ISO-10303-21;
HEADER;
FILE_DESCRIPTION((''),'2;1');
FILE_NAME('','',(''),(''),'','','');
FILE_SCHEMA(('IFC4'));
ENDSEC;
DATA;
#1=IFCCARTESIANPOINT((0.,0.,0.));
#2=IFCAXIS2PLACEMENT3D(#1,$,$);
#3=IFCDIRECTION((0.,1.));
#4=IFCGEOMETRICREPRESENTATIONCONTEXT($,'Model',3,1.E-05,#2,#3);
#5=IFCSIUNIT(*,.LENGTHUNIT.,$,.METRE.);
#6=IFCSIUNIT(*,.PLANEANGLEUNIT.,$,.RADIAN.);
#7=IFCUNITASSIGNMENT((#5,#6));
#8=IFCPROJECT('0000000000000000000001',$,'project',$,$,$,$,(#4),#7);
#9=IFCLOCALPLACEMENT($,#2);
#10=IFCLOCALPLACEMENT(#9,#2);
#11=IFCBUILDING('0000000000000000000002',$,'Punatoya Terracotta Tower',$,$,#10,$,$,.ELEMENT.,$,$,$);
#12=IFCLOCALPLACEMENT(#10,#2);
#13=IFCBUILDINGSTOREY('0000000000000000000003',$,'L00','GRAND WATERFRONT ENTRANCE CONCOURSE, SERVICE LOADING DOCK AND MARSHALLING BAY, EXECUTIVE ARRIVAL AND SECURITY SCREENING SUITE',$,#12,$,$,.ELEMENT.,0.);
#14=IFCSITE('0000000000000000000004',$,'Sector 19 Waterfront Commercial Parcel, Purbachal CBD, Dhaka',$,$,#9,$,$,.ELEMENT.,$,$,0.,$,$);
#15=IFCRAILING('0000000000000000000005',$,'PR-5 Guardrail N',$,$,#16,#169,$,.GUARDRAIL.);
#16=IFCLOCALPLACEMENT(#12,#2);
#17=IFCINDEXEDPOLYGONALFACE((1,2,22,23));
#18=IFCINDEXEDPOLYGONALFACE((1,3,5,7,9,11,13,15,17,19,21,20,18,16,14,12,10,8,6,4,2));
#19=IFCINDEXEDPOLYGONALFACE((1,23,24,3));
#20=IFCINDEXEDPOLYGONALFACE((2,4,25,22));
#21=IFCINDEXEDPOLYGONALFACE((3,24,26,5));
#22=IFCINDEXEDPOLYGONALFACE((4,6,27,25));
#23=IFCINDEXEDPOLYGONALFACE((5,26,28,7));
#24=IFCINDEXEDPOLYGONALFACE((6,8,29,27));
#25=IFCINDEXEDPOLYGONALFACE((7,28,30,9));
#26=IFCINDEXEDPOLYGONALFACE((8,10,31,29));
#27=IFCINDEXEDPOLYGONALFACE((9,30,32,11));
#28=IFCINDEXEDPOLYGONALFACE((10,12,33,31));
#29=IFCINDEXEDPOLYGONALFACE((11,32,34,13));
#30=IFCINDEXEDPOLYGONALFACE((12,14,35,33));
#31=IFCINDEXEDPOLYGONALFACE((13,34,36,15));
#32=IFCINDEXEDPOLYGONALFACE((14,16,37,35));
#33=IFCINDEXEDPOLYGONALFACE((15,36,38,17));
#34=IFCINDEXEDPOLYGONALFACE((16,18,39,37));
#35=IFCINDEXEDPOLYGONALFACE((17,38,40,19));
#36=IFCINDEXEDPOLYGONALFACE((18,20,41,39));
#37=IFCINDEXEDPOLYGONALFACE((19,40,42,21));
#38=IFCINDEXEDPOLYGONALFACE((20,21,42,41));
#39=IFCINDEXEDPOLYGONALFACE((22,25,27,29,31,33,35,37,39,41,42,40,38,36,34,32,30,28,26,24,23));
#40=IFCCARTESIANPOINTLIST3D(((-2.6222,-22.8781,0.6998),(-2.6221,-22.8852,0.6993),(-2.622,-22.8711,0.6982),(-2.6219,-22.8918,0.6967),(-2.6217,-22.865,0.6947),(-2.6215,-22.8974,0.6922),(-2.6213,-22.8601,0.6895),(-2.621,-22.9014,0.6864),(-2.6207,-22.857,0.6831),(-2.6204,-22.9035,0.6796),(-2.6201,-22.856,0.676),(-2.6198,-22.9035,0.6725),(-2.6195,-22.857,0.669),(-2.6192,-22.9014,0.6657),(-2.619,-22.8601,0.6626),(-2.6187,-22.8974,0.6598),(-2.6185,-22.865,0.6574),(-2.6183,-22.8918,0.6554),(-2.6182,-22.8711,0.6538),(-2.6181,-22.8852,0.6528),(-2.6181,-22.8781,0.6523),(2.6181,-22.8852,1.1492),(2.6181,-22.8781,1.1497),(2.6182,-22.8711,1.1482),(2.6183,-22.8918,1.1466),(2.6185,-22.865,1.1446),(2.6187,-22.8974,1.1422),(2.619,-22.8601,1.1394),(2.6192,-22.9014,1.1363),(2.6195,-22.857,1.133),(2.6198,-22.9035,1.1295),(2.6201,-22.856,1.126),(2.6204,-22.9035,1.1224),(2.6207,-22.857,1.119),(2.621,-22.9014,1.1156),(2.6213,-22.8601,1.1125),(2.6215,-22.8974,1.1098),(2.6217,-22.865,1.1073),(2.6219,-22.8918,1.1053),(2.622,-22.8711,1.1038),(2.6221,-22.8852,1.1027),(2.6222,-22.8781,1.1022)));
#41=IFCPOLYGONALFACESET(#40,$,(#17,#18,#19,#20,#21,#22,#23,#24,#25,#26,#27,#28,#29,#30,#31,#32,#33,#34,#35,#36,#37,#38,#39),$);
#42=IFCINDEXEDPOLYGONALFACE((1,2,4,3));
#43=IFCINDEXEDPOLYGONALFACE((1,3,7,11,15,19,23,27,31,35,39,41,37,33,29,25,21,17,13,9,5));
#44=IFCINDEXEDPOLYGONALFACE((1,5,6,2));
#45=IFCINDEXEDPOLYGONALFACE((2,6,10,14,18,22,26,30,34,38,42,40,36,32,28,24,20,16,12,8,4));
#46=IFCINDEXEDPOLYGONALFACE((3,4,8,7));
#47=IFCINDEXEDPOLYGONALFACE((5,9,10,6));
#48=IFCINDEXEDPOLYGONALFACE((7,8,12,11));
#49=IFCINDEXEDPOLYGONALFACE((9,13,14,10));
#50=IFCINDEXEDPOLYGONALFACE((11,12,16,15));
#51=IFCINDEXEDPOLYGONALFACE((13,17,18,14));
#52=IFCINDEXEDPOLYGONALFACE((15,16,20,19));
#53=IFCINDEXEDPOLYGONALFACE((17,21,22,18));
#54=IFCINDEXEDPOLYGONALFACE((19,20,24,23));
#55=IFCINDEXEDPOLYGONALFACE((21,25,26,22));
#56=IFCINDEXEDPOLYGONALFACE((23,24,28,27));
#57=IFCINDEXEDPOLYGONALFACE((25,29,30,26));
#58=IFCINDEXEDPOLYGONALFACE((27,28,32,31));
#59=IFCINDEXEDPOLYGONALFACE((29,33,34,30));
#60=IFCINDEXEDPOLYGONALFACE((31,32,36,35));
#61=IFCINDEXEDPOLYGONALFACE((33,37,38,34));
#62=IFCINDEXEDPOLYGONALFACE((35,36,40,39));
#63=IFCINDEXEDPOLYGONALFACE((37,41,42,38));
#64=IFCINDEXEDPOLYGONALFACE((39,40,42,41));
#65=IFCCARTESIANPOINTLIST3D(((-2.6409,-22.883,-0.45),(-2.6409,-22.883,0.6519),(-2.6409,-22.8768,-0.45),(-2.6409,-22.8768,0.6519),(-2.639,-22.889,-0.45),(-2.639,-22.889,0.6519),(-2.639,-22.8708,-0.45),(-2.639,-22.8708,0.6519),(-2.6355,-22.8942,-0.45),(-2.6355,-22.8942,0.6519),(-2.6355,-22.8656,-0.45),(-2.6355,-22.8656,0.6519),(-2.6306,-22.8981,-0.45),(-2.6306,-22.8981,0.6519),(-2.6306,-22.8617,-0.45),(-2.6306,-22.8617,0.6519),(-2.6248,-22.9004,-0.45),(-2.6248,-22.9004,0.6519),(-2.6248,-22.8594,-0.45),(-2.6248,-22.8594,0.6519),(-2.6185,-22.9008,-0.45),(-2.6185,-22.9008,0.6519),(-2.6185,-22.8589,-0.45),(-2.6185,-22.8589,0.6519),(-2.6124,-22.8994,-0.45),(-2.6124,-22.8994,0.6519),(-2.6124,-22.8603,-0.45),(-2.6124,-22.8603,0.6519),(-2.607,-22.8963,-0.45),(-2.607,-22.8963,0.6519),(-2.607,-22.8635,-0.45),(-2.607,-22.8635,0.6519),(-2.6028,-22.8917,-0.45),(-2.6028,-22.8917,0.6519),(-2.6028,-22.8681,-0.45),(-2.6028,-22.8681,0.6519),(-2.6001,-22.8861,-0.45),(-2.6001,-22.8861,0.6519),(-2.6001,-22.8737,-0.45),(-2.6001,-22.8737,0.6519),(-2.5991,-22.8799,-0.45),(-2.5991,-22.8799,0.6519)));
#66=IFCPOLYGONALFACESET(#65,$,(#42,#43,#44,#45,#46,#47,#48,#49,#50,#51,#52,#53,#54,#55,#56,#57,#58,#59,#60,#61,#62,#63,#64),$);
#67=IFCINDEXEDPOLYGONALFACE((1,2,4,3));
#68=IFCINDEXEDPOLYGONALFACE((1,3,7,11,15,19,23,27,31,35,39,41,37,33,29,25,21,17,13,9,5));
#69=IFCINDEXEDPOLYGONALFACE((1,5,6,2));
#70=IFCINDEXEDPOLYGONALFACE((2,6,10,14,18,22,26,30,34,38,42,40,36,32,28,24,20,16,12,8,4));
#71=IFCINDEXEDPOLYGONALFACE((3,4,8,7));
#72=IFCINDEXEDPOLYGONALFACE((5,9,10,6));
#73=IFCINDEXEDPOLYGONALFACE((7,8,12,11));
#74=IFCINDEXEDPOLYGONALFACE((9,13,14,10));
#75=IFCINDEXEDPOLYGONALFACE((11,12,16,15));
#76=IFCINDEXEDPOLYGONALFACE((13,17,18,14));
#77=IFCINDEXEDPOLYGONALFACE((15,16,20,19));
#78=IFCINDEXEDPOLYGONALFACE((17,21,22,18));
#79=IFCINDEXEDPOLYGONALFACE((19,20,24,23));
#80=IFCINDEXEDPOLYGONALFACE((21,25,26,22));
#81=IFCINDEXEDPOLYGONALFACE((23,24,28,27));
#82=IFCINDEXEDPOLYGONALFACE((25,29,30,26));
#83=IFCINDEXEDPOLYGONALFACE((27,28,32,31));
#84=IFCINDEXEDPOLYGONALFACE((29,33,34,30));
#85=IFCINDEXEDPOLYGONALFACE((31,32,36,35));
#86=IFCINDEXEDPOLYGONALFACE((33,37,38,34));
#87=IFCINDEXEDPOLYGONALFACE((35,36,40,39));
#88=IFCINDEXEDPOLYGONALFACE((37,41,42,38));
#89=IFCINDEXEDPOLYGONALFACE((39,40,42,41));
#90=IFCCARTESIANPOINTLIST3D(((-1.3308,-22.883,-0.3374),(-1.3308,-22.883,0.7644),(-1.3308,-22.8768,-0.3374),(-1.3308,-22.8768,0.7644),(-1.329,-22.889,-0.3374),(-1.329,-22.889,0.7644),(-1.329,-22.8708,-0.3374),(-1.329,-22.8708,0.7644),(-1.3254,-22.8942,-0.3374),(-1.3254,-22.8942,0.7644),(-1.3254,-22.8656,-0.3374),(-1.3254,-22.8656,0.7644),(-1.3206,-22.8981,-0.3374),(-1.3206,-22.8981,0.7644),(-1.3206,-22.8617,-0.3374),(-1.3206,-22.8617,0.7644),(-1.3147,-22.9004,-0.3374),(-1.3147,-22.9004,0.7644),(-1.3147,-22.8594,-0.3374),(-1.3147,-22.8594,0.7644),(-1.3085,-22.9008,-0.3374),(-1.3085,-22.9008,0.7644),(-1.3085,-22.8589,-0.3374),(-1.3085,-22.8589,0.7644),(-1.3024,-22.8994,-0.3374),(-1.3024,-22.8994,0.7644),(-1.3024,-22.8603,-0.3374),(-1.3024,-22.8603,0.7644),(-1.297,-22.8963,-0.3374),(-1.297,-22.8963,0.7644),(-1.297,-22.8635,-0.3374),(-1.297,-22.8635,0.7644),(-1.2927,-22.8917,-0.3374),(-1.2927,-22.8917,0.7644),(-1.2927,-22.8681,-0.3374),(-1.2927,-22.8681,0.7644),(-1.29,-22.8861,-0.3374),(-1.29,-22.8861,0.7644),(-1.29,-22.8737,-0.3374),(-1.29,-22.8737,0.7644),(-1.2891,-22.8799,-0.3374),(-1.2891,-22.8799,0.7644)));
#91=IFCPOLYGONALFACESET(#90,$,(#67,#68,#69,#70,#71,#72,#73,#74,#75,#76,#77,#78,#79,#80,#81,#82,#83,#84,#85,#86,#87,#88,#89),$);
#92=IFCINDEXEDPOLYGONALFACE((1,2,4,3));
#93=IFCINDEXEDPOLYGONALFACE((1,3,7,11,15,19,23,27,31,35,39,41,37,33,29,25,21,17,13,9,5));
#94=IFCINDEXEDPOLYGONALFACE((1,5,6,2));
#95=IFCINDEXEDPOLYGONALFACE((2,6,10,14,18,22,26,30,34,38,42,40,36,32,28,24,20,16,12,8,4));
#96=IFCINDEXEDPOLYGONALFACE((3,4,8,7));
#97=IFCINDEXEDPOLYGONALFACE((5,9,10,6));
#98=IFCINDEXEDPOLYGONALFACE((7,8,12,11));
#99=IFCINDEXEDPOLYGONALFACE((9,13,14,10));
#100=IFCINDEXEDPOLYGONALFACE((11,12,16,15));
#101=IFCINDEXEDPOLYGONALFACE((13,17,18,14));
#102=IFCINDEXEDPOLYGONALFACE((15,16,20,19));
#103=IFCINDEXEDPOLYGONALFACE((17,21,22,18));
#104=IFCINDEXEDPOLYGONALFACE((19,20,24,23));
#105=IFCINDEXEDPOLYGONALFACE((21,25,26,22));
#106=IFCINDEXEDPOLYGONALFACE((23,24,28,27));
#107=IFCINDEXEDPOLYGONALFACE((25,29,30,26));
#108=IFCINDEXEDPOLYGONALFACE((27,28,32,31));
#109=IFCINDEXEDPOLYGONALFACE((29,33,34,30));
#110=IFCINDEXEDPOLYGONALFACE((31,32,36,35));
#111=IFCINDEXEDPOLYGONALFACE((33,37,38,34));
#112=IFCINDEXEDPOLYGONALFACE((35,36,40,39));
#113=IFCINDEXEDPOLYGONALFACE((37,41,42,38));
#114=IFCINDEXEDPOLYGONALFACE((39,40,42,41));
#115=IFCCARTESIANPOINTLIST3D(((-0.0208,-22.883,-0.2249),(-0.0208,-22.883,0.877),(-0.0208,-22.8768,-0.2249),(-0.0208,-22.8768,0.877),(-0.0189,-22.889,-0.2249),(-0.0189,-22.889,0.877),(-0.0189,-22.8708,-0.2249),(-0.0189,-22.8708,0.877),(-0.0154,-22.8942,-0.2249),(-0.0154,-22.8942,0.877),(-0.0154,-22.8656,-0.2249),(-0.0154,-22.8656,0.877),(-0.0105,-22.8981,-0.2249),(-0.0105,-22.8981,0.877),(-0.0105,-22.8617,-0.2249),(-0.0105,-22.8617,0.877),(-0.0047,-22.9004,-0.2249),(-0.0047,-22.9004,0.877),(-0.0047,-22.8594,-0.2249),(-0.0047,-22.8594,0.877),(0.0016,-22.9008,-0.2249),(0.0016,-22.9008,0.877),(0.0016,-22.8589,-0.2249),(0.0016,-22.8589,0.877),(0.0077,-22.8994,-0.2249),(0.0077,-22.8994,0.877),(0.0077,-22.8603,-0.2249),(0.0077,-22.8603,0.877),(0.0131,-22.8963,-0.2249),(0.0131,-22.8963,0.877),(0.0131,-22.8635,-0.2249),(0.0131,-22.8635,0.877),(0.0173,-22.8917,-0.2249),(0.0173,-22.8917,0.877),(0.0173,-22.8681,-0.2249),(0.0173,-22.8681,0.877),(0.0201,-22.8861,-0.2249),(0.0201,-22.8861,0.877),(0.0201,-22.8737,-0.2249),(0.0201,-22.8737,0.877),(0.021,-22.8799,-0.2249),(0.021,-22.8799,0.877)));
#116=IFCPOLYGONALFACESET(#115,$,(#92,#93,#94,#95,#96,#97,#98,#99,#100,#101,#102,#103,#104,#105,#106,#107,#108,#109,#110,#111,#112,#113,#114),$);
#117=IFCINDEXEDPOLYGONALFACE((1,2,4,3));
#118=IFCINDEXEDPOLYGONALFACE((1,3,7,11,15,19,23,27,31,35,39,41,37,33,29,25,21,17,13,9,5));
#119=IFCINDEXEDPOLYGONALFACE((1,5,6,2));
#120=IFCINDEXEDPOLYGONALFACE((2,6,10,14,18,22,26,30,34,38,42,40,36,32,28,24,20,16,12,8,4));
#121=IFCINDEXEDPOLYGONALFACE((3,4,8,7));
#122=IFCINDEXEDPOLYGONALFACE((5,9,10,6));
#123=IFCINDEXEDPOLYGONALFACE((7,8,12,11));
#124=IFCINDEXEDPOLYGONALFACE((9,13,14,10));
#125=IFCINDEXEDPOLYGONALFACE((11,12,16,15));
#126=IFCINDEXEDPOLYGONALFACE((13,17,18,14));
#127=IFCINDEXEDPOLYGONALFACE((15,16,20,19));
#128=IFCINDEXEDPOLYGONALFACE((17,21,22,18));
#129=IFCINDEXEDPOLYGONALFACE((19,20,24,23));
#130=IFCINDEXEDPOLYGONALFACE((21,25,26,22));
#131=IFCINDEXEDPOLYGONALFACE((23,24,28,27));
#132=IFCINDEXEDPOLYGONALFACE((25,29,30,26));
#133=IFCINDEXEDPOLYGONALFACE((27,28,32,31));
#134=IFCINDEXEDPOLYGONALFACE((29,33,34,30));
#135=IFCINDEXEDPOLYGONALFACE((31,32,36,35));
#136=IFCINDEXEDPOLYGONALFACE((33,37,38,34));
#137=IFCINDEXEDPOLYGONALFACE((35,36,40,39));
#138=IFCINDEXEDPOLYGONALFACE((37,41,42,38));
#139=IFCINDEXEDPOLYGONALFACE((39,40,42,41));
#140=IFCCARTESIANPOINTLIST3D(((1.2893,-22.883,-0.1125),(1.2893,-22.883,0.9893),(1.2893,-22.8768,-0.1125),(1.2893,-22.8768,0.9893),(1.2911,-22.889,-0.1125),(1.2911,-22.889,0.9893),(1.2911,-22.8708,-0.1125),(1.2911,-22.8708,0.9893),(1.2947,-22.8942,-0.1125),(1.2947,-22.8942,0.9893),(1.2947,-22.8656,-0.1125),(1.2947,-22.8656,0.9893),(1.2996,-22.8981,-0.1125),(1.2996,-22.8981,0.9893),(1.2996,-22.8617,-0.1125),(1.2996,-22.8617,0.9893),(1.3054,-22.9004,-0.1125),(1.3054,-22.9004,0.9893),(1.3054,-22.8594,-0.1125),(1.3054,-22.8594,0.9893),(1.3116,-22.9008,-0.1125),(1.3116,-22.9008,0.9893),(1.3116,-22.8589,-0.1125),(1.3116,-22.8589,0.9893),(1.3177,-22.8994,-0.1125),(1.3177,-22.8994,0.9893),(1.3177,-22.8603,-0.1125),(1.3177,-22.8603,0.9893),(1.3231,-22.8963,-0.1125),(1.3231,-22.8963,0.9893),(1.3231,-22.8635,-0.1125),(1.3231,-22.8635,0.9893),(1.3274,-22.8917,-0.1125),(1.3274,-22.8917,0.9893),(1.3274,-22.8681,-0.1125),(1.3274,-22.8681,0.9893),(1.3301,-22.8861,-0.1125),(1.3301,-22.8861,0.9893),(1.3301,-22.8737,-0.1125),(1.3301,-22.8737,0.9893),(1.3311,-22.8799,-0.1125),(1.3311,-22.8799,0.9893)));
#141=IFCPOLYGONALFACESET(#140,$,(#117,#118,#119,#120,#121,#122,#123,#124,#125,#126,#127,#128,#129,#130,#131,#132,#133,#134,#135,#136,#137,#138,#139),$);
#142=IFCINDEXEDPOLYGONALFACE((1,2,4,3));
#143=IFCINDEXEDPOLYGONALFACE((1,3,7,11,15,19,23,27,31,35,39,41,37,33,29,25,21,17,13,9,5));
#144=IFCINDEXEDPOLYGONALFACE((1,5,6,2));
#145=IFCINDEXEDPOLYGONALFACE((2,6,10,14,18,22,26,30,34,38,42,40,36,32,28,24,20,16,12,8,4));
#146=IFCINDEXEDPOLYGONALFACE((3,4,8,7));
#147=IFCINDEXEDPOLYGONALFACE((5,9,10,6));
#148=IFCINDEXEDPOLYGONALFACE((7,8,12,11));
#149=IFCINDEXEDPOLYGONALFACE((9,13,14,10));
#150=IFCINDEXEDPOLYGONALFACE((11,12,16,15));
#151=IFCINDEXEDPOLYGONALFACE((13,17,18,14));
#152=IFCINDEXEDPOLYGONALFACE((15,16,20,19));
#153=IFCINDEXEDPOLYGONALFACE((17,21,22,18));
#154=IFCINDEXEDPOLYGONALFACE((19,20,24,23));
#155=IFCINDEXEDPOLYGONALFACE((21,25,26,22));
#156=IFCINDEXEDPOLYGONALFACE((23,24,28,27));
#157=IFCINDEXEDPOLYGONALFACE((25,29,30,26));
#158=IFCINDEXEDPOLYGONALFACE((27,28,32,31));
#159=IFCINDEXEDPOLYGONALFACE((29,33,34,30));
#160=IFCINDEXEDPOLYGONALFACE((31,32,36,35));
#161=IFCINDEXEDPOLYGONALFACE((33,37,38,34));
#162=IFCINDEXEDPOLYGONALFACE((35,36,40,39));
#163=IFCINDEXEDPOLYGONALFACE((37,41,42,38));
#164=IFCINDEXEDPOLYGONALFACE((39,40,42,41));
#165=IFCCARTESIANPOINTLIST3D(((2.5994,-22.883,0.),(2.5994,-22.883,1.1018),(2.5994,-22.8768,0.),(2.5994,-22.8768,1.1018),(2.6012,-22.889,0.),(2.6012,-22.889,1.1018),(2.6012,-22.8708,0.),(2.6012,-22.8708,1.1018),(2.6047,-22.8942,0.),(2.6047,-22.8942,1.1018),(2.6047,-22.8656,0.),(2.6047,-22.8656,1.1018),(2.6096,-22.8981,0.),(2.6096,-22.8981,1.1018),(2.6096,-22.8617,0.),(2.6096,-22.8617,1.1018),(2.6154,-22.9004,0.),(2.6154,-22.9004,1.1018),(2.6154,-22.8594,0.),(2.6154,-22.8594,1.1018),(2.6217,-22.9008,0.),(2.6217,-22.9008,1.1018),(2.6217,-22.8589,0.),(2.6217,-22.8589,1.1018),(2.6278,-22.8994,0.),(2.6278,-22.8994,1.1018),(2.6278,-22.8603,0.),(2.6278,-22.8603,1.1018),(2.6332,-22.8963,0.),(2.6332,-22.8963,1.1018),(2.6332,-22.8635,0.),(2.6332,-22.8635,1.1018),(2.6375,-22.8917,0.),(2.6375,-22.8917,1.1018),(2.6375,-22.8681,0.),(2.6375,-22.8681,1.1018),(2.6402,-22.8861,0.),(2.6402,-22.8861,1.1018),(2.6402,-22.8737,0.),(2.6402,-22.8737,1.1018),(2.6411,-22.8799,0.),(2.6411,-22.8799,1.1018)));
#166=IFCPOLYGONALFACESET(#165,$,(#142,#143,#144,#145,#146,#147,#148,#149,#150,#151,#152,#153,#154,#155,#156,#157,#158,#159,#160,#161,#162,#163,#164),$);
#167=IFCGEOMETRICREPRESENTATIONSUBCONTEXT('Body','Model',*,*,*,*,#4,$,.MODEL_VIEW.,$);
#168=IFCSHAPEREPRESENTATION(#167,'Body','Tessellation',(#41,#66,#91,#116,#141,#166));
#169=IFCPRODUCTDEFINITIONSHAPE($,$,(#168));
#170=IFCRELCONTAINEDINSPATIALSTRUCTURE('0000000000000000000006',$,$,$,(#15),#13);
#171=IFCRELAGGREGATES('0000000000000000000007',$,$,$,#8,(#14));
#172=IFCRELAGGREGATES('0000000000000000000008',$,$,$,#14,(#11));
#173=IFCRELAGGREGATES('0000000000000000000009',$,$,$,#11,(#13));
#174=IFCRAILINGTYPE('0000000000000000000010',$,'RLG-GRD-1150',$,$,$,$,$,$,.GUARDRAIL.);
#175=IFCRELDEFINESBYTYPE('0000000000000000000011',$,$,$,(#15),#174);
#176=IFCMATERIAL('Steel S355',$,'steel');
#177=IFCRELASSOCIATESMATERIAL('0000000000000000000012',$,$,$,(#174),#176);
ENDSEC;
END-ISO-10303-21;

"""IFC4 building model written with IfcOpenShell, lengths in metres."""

from ifc_helpers import new_model, si_unit, direction, frame, origin, origin_2d, place, context, subcontext, project, spatial, circle, extrude, material, type_object, element, save


model = new_model("IFC4")

# Units and contexts
model_context = context("Model", 3, precision=1e-05, world=origin(), true_north=direction((0.0, 1.0)))
body_context = subcontext(model_context, "Body", "Model", "MODEL_VIEW")
ifc_project = project(units=[si_unit("LENGTHUNIT", "METRE"), si_unit("PLANEANGLEUNIT", "RADIAN")], contexts=[model_context])

# Site, building, storey
site_placement = place(None, origin())
site = spatial("IfcSite", under=ifc_project, at=site_placement, Name="Sector 19 Waterfront Commercial Parcel, Purbachal CBD, Dhaka", CompositionType="ELEMENT", RefElevation=0.0)
building_placement = place(site_placement, origin())
building = spatial("IfcBuilding", under=site, at=building_placement, Name="Punatoya Terracotta Tower", CompositionType="ELEMENT")
storey_placement = place(building_placement, origin())
storey = spatial("IfcBuildingStorey", under=building, at=storey_placement, Name="L00", Description="GRAND WATERFRONT ENTRANCE CONCOURSE, SERVICE LOADING DOCK AND MARSHALLING BAY, EXECUTIVE ARRIVAL AND SECURITY SCREENING SUITE", CompositionType="ELEMENT", Elevation=0.0)

# Shared definitions
ifc_material_1 = material(Name="Steel S355", Category="steel")

# Railing
railing_type_1 = type_object("IfcRailingType", Name="RLG-GRD-1150", PredefinedType="GUARDRAIL", material=ifc_material_1)
for number, where, name in (
    (1, (-2.6201, -22.8799, -0.45), "PR-5 Guardrail N"),
):
    element("IfcRailing", number, at=place(storey_placement, frame(where)), inside=storey, type_object=railing_type_1, Name=name, PredefinedType="GUARDRAIL", context=body_context, shape_type="SweptSolid", body=[
        extrude(circle(Radius=0.0239, at=origin_2d()), frame((0.0, 0.0, 1.126), z_axis=(0.996334, 0.0, 0.08555), x_axis=(0.0, 1.0, 0.0)), (0.0, 0.0, 1.0), 5.2595),
        extrude(circle(Radius=0.021, at=origin_2d()), origin(), (0.0, 0.0, 1.0), 1.1018),
        extrude(circle(Radius=0.021, at=origin_2d()), frame((1.3101, 0.0, 0.1125)), (0.0, 0.0, 1.0), 1.1018),
        extrude(circle(Radius=0.021, at=origin_2d()), frame((2.6201, 0.0, 0.2251)), (0.0, 0.0, 1.0), 1.1018),
        extrude(circle(Radius=0.021, at=origin_2d()), frame((3.9302, 0.0, 0.3374)), (0.0, 0.0, 1.0), 1.1018),
        extrude(circle(Radius=0.021, at=origin_2d()), frame((5.2402, 0.0, 0.45)), (0.0, 0.0, 1.0), 1.1018),
    ])

save(model, "model.ifc")
